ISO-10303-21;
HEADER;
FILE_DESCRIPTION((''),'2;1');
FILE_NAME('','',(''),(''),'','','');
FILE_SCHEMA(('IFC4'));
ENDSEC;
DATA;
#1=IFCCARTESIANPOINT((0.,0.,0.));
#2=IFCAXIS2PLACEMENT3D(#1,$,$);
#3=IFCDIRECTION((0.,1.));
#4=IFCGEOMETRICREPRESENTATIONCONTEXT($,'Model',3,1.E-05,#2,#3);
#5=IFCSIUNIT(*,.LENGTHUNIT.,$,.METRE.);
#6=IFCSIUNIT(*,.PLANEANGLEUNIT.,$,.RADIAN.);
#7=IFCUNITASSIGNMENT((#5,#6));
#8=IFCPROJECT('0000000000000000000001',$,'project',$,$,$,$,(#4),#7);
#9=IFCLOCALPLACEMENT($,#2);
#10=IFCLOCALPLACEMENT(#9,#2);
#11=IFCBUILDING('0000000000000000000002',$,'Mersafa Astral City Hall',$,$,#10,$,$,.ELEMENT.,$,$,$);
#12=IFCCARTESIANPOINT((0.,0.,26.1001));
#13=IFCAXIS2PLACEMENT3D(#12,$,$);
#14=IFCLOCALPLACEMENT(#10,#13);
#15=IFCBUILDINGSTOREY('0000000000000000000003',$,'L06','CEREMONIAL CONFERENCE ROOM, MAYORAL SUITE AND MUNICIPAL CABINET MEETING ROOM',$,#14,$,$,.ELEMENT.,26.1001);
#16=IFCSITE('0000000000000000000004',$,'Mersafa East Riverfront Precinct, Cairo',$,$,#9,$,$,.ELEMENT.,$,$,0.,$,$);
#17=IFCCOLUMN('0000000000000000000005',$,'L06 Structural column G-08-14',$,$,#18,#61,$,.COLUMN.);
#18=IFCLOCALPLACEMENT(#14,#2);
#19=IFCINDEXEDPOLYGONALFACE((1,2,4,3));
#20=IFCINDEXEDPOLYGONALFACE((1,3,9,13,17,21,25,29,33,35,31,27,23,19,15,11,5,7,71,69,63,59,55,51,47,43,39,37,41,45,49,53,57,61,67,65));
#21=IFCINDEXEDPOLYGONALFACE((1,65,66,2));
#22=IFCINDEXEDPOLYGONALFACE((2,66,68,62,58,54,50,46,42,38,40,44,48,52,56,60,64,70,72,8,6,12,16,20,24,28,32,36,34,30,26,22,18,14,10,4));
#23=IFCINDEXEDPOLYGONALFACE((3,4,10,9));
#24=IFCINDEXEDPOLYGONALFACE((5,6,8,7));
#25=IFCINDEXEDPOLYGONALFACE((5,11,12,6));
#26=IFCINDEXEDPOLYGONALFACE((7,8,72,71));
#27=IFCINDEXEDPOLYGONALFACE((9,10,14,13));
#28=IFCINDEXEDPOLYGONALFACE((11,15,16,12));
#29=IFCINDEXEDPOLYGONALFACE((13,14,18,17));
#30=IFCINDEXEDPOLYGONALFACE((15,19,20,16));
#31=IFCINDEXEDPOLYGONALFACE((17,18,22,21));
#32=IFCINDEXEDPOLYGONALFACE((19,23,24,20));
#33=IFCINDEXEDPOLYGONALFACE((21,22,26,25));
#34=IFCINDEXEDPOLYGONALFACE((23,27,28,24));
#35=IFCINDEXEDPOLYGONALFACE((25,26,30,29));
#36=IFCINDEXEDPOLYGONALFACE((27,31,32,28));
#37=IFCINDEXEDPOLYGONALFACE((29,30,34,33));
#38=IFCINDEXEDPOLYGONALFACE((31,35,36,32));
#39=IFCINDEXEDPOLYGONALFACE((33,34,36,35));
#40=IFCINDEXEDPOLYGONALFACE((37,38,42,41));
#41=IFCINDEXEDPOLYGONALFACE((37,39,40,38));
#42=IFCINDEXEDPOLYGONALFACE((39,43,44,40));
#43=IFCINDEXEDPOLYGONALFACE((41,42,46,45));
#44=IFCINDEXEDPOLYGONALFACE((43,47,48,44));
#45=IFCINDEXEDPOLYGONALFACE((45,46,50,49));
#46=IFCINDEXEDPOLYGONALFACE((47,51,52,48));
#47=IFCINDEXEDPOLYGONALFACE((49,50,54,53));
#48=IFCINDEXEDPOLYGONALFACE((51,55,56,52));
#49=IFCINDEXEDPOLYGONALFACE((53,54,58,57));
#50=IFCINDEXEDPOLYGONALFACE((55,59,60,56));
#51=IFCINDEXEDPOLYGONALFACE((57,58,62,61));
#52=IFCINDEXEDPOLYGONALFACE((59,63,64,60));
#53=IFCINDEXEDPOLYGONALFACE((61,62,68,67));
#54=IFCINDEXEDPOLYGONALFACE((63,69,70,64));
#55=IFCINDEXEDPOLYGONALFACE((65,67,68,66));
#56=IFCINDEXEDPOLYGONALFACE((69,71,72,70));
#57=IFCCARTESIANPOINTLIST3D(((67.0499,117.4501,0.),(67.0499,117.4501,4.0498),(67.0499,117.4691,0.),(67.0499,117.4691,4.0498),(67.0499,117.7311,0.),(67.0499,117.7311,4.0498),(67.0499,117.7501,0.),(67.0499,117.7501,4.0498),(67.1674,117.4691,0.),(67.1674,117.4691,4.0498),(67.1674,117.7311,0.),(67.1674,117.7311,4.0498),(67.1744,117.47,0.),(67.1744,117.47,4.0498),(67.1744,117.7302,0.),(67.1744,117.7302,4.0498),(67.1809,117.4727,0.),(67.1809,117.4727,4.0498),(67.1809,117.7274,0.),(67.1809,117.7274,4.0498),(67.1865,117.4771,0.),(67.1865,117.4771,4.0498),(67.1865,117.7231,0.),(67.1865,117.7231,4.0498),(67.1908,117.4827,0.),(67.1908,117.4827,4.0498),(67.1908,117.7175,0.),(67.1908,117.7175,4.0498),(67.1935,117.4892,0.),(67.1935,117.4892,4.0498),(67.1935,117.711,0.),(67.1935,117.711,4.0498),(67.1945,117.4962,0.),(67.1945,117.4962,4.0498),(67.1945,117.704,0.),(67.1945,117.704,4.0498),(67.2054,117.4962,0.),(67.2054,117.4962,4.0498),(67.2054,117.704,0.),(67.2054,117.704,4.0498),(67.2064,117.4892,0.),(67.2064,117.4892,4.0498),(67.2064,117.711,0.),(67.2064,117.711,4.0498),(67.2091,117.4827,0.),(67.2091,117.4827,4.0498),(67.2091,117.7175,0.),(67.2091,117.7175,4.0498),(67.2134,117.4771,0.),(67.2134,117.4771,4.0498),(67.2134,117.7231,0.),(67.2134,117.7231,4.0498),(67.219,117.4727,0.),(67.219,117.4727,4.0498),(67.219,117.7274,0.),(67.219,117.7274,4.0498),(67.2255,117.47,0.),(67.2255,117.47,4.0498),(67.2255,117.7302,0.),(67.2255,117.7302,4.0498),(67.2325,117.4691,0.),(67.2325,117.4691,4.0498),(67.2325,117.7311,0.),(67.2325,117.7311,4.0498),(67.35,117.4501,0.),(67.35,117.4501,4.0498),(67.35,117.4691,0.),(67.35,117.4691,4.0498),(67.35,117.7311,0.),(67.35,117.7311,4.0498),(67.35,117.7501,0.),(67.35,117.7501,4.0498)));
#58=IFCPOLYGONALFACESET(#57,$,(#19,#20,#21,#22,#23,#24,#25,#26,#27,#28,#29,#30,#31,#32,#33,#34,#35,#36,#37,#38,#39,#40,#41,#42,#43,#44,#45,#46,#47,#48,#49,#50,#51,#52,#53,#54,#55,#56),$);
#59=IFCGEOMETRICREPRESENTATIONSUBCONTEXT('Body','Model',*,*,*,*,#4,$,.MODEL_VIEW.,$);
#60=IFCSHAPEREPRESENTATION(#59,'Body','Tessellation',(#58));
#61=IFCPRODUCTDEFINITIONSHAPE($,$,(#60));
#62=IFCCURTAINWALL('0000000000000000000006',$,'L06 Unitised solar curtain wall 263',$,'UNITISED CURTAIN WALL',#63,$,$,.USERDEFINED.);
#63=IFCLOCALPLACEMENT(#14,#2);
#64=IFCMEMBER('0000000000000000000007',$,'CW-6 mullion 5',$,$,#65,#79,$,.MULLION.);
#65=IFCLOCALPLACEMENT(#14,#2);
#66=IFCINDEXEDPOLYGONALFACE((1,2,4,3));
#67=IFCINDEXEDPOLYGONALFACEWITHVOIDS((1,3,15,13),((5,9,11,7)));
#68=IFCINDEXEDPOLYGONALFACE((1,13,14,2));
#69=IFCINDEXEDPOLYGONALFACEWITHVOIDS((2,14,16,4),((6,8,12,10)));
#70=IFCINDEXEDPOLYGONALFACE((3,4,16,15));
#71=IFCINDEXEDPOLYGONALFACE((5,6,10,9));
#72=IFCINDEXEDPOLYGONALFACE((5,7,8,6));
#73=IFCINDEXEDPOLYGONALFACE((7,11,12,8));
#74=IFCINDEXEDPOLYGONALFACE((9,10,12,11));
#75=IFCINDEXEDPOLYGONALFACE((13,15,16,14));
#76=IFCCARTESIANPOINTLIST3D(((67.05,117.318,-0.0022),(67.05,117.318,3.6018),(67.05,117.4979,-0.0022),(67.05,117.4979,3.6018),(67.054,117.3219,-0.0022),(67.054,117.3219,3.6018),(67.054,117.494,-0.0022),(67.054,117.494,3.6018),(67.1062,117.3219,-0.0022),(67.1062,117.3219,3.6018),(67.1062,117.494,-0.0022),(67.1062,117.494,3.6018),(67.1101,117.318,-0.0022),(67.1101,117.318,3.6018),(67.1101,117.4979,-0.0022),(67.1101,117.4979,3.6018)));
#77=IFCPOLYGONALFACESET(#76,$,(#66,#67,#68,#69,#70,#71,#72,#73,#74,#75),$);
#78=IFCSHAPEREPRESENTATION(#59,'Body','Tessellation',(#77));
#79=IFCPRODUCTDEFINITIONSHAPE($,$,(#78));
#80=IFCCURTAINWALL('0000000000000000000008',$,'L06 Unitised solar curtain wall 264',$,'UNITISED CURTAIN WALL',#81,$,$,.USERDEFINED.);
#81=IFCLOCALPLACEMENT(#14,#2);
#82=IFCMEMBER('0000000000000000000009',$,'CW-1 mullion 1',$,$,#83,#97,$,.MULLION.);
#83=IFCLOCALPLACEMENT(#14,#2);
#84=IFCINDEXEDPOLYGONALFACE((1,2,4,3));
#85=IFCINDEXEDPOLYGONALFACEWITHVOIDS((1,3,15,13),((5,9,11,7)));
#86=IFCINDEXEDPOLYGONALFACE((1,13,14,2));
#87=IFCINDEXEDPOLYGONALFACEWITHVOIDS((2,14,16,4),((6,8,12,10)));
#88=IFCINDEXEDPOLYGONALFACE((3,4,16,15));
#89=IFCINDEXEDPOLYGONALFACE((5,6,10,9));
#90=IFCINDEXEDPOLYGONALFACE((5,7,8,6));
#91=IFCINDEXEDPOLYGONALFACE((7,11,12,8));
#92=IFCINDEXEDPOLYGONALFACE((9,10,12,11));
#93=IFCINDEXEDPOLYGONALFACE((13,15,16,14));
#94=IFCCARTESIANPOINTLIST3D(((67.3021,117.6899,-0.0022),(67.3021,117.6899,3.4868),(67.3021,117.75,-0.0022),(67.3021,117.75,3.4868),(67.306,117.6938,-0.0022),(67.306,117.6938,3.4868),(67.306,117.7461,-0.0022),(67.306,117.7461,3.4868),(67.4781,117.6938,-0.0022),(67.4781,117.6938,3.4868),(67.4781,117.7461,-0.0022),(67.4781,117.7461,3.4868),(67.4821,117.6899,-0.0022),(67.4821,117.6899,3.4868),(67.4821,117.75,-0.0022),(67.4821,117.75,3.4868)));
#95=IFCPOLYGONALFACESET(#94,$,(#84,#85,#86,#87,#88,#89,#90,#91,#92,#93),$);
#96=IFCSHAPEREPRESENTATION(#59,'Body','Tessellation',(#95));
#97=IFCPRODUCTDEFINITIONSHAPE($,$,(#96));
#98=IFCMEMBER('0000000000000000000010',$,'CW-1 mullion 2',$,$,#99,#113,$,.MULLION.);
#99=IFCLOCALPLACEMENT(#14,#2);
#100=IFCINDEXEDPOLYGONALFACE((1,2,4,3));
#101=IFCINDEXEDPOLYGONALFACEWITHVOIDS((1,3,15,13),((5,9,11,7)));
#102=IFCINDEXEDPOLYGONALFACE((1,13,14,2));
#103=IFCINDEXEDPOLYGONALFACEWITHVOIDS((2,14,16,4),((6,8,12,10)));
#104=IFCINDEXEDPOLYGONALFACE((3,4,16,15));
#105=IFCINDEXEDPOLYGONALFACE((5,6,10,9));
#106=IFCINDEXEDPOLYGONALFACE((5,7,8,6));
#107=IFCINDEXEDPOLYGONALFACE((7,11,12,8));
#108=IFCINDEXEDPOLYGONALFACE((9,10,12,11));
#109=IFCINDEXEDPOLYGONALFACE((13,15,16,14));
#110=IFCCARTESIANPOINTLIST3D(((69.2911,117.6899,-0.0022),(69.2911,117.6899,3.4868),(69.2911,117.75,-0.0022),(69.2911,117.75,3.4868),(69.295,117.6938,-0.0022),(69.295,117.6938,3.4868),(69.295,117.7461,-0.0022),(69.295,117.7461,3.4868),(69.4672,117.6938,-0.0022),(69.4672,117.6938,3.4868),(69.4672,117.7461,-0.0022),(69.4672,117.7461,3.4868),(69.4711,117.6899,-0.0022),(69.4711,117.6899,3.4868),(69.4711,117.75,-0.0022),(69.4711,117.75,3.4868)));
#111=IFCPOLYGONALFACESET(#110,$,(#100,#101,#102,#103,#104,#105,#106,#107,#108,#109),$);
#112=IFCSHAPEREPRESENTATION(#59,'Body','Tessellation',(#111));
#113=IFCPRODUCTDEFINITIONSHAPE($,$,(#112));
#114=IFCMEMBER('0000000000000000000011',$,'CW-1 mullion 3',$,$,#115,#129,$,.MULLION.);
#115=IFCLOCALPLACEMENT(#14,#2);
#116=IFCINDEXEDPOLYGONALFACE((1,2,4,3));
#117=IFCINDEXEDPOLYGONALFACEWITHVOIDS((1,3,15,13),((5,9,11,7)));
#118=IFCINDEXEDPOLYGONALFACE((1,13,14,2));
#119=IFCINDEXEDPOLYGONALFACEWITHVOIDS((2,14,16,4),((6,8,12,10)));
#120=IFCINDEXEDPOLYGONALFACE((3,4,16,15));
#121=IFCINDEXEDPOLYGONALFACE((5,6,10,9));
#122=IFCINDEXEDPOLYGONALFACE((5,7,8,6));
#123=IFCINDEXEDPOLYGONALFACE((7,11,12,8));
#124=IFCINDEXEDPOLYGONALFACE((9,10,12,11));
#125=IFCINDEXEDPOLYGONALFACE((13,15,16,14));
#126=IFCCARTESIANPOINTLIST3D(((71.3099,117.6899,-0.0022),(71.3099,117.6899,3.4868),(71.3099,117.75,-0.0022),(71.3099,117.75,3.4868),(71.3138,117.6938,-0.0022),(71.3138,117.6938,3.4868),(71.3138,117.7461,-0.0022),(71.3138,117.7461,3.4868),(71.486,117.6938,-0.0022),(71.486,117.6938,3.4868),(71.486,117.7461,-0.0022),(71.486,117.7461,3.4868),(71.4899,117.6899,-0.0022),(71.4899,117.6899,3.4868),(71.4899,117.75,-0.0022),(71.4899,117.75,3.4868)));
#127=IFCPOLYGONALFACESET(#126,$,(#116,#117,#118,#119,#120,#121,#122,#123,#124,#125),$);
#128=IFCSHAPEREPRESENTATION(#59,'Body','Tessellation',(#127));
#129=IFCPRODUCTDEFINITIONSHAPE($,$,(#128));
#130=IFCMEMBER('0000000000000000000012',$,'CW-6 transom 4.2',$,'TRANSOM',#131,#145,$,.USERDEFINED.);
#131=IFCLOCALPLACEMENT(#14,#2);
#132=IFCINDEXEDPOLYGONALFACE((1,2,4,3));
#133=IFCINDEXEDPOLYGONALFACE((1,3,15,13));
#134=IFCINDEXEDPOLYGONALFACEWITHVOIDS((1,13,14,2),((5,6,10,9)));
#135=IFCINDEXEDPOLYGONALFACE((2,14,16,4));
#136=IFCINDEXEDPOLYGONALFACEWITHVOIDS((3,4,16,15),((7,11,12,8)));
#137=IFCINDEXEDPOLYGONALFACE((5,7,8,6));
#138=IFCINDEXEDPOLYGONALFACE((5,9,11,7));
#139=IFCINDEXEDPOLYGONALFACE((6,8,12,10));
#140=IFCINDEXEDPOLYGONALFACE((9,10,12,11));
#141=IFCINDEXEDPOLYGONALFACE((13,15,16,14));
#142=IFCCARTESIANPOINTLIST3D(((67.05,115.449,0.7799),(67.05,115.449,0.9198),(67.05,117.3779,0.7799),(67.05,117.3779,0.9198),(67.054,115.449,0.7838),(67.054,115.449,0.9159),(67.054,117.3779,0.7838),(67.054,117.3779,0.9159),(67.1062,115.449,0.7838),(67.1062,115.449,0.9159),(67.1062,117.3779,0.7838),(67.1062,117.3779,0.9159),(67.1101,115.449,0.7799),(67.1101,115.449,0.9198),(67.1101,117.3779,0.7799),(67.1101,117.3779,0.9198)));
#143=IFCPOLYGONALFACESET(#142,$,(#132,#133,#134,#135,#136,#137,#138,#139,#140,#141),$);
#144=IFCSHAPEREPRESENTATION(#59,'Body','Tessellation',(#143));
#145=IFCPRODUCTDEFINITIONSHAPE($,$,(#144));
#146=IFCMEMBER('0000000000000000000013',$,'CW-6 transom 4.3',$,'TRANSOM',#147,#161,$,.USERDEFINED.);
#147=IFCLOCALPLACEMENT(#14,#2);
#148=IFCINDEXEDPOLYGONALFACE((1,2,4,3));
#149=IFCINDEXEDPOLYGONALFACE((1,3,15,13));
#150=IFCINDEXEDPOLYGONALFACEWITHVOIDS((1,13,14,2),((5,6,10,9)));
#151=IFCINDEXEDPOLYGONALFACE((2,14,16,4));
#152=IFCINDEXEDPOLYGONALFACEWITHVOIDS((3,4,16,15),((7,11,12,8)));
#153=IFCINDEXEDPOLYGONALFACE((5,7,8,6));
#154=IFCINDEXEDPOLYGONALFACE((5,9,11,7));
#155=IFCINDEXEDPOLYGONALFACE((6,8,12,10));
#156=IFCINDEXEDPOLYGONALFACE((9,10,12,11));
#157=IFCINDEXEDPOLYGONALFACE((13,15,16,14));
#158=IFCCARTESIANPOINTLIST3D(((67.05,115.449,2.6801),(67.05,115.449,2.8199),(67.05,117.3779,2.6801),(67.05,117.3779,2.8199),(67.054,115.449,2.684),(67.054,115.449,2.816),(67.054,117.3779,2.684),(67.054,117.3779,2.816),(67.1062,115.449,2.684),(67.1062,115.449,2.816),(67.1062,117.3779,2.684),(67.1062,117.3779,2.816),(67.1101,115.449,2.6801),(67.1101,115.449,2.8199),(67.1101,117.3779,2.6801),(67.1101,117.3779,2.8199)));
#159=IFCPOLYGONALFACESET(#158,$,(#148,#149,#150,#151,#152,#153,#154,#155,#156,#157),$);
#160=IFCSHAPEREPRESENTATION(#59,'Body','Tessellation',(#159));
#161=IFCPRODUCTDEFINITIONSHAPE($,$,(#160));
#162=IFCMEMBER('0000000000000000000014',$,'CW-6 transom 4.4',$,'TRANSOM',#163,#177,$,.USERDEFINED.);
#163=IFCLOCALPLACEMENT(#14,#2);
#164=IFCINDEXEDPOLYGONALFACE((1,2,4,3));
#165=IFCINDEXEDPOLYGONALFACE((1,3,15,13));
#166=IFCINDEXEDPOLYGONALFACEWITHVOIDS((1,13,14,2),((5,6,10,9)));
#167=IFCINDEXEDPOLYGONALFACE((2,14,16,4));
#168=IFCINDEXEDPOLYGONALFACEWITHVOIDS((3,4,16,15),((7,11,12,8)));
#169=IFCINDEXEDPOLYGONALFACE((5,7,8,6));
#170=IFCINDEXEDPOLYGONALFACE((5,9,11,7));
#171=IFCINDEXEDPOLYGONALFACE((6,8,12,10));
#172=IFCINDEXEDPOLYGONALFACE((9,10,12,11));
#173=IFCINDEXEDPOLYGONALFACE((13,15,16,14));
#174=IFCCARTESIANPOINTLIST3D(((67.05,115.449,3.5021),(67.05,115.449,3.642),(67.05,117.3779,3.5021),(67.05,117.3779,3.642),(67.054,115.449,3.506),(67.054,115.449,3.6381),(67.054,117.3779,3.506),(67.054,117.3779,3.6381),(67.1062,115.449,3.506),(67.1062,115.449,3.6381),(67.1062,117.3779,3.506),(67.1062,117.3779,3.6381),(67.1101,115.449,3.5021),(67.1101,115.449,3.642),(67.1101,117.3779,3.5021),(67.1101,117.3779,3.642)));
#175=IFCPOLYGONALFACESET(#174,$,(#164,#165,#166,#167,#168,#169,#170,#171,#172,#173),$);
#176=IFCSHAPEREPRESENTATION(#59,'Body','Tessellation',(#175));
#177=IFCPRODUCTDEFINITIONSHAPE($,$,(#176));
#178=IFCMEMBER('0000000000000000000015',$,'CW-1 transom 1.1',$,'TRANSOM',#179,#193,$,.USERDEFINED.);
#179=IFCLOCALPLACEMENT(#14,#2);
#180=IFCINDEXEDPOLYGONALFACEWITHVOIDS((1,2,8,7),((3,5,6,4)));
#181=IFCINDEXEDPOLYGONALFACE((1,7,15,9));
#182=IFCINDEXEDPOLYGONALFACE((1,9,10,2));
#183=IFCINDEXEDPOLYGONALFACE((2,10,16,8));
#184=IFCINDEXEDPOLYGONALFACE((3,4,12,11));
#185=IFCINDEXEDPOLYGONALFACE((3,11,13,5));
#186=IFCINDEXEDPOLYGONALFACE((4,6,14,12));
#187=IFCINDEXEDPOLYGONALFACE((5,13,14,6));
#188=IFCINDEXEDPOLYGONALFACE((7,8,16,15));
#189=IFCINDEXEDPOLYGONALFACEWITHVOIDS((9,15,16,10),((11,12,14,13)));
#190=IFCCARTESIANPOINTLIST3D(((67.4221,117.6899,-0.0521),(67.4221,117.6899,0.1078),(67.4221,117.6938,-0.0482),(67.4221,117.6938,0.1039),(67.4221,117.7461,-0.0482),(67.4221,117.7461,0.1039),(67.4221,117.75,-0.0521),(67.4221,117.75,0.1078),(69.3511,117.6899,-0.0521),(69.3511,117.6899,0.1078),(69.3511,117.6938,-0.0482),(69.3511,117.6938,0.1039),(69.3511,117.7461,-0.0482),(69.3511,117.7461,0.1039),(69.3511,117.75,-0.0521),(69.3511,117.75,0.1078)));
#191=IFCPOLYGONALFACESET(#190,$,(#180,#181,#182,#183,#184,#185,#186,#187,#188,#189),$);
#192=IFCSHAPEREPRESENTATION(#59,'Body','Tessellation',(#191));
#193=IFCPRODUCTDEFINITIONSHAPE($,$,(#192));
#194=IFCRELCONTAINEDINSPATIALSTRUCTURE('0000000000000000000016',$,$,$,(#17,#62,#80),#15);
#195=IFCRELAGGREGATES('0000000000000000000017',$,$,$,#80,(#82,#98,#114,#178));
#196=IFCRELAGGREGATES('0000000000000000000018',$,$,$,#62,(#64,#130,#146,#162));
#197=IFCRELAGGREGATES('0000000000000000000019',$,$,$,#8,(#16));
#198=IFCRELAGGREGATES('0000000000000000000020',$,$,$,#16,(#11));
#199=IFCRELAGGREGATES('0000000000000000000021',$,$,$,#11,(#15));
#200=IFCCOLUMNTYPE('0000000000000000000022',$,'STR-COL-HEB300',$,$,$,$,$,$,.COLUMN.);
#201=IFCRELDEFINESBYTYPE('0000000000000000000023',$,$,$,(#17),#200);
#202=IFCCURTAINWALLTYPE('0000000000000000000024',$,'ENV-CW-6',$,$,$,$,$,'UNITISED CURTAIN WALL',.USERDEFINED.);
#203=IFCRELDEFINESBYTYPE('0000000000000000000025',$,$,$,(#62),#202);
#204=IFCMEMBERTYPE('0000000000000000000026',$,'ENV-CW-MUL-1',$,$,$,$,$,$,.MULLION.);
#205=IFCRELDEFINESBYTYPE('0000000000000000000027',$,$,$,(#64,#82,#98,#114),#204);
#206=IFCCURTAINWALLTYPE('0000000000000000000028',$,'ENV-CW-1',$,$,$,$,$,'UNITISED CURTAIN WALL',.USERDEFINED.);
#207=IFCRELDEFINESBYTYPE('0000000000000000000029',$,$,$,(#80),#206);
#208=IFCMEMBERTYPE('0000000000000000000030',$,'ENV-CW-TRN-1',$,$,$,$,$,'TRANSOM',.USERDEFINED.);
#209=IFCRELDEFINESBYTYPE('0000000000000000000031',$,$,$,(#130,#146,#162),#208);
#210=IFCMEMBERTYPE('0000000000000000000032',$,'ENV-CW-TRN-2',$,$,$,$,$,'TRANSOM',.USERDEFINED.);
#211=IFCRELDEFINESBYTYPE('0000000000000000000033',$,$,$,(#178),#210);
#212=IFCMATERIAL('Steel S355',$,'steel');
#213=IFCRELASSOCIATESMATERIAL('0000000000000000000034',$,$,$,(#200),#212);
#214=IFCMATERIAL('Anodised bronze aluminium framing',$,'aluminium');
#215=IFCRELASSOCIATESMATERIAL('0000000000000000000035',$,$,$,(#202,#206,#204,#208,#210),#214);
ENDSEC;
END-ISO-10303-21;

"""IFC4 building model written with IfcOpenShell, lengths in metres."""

from ifc_helpers import new_model, si_unit, direction, frame, origin, origin_2d, place, context, subcontext, project, spatial, hollow_rectangle, i_section, extrude, material, material_profile, profile_set, type_object, element, aggregate, save


model = new_model("IFC4")

# Units and contexts
model_context = context("Model", 3, precision=1e-05, world=origin(), true_north=direction((0.0, 1.0)))
body_context = subcontext(model_context, "Body", "Model", "MODEL_VIEW")
ifc_project = project(units=[si_unit("LENGTHUNIT", "METRE"), si_unit("PLANEANGLEUNIT", "RADIAN")], contexts=[model_context])

# Site, building, storey
site_placement = place(None, origin())
site = spatial("IfcSite", under=ifc_project, at=site_placement, Name="Mersafa East Riverfront Precinct, Cairo", CompositionType="ELEMENT", RefElevation=0.0)
building_placement = place(site_placement, origin())
building = spatial("IfcBuilding", under=site, at=building_placement, Name="Mersafa Astral City Hall", CompositionType="ELEMENT")
storey_placement = place(building_placement, frame((0.0, 0.0, 26.1001)))
storey = spatial("IfcBuildingStorey", under=building, at=storey_placement, Name="L06", Description="CEREMONIAL CONFERENCE ROOM, MAYORAL SUITE AND MUNICIPAL CABINET MEETING ROOM", CompositionType="ELEMENT", Elevation=26.1001)

# Column
ifc_material_1 = material(Name="Steel S355", Category="steel")
ifc_material_profile_1 = material_profile(ifc_material_1, i_section(OverallWidth=0.3, OverallDepth=0.3, WebThickness=0.011, FlangeThickness=0.019, FilletRadius=0.0271, at=origin_2d()), Name="HEB 300")
ifc_profile_set_1 = profile_set([ifc_material_profile_1], Name="Steel S355")
column_type = type_object("IfcColumnType", Name="STR-COL-HEB300", PredefinedType="COLUMN", material=ifc_profile_set_1)
column_placement = place(storey_placement, frame((67.2, 117.6001, 0.0), z_axis=(0.0, 0.0, 1.0), x_axis=(1.0, 0.0, 0.0)))
element("IfcColumn", 1, at=column_placement, inside=storey, type_object=column_type, Name="L06 Structural column G-08-14", PredefinedType="COLUMN", context=body_context, shape_type="SweptSolid", body=[
    extrude(i_section(OverallWidth=0.3, OverallDepth=0.3, WebThickness=0.011, FlangeThickness=0.019, FilletRadius=0.0271, at=origin_2d()), origin(), (0.0, 0.0, 1.0), 4.0498),
])

# Curtain wall, member
ifc_material_2 = material(Name="Anodised bronze aluminium framing", Category="aluminium")
curtain_wall_type_1 = type_object("IfcCurtainWallType", Name="ENV-CW-6", ElementType="UNITISED CURTAIN WALL", PredefinedType="USERDEFINED", material=ifc_material_2)
curtain_wall_1_placement = place(storey_placement, origin())
curtain_wall_1 = element("IfcCurtainWall", 2, at=curtain_wall_1_placement, inside=storey, type_object=curtain_wall_type_1, Name="L06 Unitised solar curtain wall 263", ObjectType="UNITISED CURTAIN WALL", PredefinedType="USERDEFINED")
ifc_material_profile_2 = material_profile(ifc_material_2, hollow_rectangle(XDim=0.0601, YDim=0.1799, WallThickness=0.0039, at=origin_2d()), Name="RHS 60x180x4")
ifc_profile_set_2 = profile_set([ifc_material_profile_2], Name="Anodised bronze aluminium framing")
member_type_1 = type_object("IfcMemberType", Name="ENV-CW-MUL-1", PredefinedType="MULLION", material=ifc_profile_set_2)
member_1_placement = place(storey_placement, frame((67.0801, 117.408, -0.0022), z_axis=(0.0, 0.0, 1.0), x_axis=(-1.0, 0.0, 0.0)))
member_1 = element("IfcMember", 3, at=member_1_placement, type_object=member_type_1, Name="CW-6 mullion 5", PredefinedType="MULLION", context=body_context, shape_type="SweptSolid", body=[
    extrude(hollow_rectangle(XDim=0.0601, YDim=0.1799, WallThickness=0.0039, at=origin_2d()), origin(), (0.0, 0.0, 1.0), 3.604),
])

# Curtain wall, members
curtain_wall_type_2 = type_object("IfcCurtainWallType", Name="ENV-CW-1", ElementType="UNITISED CURTAIN WALL", PredefinedType="USERDEFINED", material=ifc_material_2)
curtain_wall_2_placement = place(storey_placement, origin())
curtain_wall_2 = element("IfcCurtainWall", 4, at=curtain_wall_2_placement, inside=storey, type_object=curtain_wall_type_2, Name="L06 Unitised solar curtain wall 264", ObjectType="UNITISED CURTAIN WALL", PredefinedType="USERDEFINED")
member_2_placement = place(storey_placement, frame((67.3921, 117.72, -0.0022), z_axis=(0.0, 0.0, 1.0), x_axis=(0.0, 1.0, 0.0)))
member_2 = element("IfcMember", 5, at=member_2_placement, type_object=member_type_1, Name="CW-1 mullion 1", PredefinedType="MULLION", context=body_context, shape_type="SweptSolid", body=[
    extrude(hollow_rectangle(XDim=0.0601, YDim=0.1799, WallThickness=0.0039, at=origin_2d()), origin(), (0.0, 0.0, 1.0), 3.489),
])
member_3_placement = place(storey_placement, frame((69.3811, 117.72, -0.0022), z_axis=(0.0, 0.0, 1.0), x_axis=(0.0, 1.0, 0.0)))
member_3 = element("IfcMember", 6, at=member_3_placement, type_object=member_type_1, Name="CW-1 mullion 2", PredefinedType="MULLION", context=body_context, shape_type="SweptSolid", body=[
    extrude(hollow_rectangle(XDim=0.0601, YDim=0.1799, WallThickness=0.0039, at=origin_2d()), origin(), (0.0, 0.0, 1.0), 3.489),
])
member_4_placement = place(storey_placement, frame((71.3999, 117.72, -0.0022), z_axis=(0.0, 0.0, 1.0), x_axis=(0.0, 1.0, 0.0)))
member_4 = element("IfcMember", 7, at=member_4_placement, type_object=member_type_1, Name="CW-1 mullion 3", PredefinedType="MULLION", context=body_context, shape_type="SweptSolid", body=[
    extrude(hollow_rectangle(XDim=0.0601, YDim=0.1799, WallThickness=0.0039, at=origin_2d()), origin(), (0.0, 0.0, 1.0), 3.489),
])

# Members
ifc_material_profile_3 = material_profile(ifc_material_2, hollow_rectangle(XDim=0.0601, YDim=0.1399, WallThickness=0.0039, at=origin_2d()), Name="RHS 60x140x4")
ifc_profile_set_3 = profile_set([ifc_material_profile_3], Name="Anodised bronze aluminium framing")
member_type_2 = type_object("IfcMemberType", Name="ENV-CW-TRN-1", ElementType="TRANSOM", PredefinedType="USERDEFINED", material=ifc_profile_set_3)
member_5_placement = place(storey_placement, frame((67.0801, 115.449, 0.8499), z_axis=(0.0, 1.0, 0.0), x_axis=(-1.0, 0.0, 0.0)))
member_5 = element("IfcMember", 8, at=member_5_placement, type_object=member_type_2, Name="CW-6 transom 4.2", ObjectType="TRANSOM", PredefinedType="USERDEFINED", context=body_context, shape_type="SweptSolid", body=[
    extrude(hollow_rectangle(XDim=0.0601, YDim=0.1399, WallThickness=0.0039, at=origin_2d()), origin(), (0.0, 0.0, 1.0), 1.929),
])
member_6_placement = place(storey_placement, frame((67.0801, 115.449, 2.75), z_axis=(0.0, 1.0, 0.0), x_axis=(-1.0, 0.0, 0.0)))
member_6 = element("IfcMember", 9, at=member_6_placement, type_object=member_type_2, Name="CW-6 transom 4.3", ObjectType="TRANSOM", PredefinedType="USERDEFINED", context=body_context, shape_type="SweptSolid", body=[
    extrude(hollow_rectangle(XDim=0.0601, YDim=0.1399, WallThickness=0.0039, at=origin_2d()), origin(), (0.0, 0.0, 1.0), 1.929),
])
member_7_placement = place(storey_placement, frame((67.0801, 115.449, 3.572), z_axis=(0.0, 1.0, 0.0), x_axis=(-1.0, 0.0, 0.0)))
member_7 = element("IfcMember", 10, at=member_7_placement, type_object=member_type_2, Name="CW-6 transom 4.4", ObjectType="TRANSOM", PredefinedType="USERDEFINED", context=body_context, shape_type="SweptSolid", body=[
    extrude(hollow_rectangle(XDim=0.0601, YDim=0.1399, WallThickness=0.0039, at=origin_2d()), origin(), (0.0, 0.0, 1.0), 1.929),
])
ifc_material_profile_4 = material_profile(ifc_material_2, hollow_rectangle(XDim=0.0601, YDim=0.1599, WallThickness=0.0039, at=origin_2d()), Name="RHS 60x160x4")
ifc_profile_set_4 = profile_set([ifc_material_profile_4], Name="Anodised bronze aluminium framing")
member_type_3 = type_object("IfcMemberType", Name="ENV-CW-TRN-2", ElementType="TRANSOM", PredefinedType="USERDEFINED", material=ifc_profile_set_4)
member_8_placement = place(storey_placement, frame((67.4221, 117.72, 0.0278), z_axis=(1.0, 0.0, 0.0), x_axis=(0.0, 1.0, 0.0)))
member_8 = element("IfcMember", 11, at=member_8_placement, type_object=member_type_3, Name="CW-1 transom 1.1", ObjectType="TRANSOM", PredefinedType="USERDEFINED", context=body_context, shape_type="SweptSolid", body=[
    extrude(hollow_rectangle(XDim=0.0601, YDim=0.1599, WallThickness=0.0039, at=origin_2d()), origin(), (0.0, 0.0, 1.0), 1.929),
])

aggregate(curtain_wall_2, [member_2, member_3, member_4, member_8])
aggregate(curtain_wall_1, [member_1, member_5, member_6, member_7])

save(model, "model.ifc")
